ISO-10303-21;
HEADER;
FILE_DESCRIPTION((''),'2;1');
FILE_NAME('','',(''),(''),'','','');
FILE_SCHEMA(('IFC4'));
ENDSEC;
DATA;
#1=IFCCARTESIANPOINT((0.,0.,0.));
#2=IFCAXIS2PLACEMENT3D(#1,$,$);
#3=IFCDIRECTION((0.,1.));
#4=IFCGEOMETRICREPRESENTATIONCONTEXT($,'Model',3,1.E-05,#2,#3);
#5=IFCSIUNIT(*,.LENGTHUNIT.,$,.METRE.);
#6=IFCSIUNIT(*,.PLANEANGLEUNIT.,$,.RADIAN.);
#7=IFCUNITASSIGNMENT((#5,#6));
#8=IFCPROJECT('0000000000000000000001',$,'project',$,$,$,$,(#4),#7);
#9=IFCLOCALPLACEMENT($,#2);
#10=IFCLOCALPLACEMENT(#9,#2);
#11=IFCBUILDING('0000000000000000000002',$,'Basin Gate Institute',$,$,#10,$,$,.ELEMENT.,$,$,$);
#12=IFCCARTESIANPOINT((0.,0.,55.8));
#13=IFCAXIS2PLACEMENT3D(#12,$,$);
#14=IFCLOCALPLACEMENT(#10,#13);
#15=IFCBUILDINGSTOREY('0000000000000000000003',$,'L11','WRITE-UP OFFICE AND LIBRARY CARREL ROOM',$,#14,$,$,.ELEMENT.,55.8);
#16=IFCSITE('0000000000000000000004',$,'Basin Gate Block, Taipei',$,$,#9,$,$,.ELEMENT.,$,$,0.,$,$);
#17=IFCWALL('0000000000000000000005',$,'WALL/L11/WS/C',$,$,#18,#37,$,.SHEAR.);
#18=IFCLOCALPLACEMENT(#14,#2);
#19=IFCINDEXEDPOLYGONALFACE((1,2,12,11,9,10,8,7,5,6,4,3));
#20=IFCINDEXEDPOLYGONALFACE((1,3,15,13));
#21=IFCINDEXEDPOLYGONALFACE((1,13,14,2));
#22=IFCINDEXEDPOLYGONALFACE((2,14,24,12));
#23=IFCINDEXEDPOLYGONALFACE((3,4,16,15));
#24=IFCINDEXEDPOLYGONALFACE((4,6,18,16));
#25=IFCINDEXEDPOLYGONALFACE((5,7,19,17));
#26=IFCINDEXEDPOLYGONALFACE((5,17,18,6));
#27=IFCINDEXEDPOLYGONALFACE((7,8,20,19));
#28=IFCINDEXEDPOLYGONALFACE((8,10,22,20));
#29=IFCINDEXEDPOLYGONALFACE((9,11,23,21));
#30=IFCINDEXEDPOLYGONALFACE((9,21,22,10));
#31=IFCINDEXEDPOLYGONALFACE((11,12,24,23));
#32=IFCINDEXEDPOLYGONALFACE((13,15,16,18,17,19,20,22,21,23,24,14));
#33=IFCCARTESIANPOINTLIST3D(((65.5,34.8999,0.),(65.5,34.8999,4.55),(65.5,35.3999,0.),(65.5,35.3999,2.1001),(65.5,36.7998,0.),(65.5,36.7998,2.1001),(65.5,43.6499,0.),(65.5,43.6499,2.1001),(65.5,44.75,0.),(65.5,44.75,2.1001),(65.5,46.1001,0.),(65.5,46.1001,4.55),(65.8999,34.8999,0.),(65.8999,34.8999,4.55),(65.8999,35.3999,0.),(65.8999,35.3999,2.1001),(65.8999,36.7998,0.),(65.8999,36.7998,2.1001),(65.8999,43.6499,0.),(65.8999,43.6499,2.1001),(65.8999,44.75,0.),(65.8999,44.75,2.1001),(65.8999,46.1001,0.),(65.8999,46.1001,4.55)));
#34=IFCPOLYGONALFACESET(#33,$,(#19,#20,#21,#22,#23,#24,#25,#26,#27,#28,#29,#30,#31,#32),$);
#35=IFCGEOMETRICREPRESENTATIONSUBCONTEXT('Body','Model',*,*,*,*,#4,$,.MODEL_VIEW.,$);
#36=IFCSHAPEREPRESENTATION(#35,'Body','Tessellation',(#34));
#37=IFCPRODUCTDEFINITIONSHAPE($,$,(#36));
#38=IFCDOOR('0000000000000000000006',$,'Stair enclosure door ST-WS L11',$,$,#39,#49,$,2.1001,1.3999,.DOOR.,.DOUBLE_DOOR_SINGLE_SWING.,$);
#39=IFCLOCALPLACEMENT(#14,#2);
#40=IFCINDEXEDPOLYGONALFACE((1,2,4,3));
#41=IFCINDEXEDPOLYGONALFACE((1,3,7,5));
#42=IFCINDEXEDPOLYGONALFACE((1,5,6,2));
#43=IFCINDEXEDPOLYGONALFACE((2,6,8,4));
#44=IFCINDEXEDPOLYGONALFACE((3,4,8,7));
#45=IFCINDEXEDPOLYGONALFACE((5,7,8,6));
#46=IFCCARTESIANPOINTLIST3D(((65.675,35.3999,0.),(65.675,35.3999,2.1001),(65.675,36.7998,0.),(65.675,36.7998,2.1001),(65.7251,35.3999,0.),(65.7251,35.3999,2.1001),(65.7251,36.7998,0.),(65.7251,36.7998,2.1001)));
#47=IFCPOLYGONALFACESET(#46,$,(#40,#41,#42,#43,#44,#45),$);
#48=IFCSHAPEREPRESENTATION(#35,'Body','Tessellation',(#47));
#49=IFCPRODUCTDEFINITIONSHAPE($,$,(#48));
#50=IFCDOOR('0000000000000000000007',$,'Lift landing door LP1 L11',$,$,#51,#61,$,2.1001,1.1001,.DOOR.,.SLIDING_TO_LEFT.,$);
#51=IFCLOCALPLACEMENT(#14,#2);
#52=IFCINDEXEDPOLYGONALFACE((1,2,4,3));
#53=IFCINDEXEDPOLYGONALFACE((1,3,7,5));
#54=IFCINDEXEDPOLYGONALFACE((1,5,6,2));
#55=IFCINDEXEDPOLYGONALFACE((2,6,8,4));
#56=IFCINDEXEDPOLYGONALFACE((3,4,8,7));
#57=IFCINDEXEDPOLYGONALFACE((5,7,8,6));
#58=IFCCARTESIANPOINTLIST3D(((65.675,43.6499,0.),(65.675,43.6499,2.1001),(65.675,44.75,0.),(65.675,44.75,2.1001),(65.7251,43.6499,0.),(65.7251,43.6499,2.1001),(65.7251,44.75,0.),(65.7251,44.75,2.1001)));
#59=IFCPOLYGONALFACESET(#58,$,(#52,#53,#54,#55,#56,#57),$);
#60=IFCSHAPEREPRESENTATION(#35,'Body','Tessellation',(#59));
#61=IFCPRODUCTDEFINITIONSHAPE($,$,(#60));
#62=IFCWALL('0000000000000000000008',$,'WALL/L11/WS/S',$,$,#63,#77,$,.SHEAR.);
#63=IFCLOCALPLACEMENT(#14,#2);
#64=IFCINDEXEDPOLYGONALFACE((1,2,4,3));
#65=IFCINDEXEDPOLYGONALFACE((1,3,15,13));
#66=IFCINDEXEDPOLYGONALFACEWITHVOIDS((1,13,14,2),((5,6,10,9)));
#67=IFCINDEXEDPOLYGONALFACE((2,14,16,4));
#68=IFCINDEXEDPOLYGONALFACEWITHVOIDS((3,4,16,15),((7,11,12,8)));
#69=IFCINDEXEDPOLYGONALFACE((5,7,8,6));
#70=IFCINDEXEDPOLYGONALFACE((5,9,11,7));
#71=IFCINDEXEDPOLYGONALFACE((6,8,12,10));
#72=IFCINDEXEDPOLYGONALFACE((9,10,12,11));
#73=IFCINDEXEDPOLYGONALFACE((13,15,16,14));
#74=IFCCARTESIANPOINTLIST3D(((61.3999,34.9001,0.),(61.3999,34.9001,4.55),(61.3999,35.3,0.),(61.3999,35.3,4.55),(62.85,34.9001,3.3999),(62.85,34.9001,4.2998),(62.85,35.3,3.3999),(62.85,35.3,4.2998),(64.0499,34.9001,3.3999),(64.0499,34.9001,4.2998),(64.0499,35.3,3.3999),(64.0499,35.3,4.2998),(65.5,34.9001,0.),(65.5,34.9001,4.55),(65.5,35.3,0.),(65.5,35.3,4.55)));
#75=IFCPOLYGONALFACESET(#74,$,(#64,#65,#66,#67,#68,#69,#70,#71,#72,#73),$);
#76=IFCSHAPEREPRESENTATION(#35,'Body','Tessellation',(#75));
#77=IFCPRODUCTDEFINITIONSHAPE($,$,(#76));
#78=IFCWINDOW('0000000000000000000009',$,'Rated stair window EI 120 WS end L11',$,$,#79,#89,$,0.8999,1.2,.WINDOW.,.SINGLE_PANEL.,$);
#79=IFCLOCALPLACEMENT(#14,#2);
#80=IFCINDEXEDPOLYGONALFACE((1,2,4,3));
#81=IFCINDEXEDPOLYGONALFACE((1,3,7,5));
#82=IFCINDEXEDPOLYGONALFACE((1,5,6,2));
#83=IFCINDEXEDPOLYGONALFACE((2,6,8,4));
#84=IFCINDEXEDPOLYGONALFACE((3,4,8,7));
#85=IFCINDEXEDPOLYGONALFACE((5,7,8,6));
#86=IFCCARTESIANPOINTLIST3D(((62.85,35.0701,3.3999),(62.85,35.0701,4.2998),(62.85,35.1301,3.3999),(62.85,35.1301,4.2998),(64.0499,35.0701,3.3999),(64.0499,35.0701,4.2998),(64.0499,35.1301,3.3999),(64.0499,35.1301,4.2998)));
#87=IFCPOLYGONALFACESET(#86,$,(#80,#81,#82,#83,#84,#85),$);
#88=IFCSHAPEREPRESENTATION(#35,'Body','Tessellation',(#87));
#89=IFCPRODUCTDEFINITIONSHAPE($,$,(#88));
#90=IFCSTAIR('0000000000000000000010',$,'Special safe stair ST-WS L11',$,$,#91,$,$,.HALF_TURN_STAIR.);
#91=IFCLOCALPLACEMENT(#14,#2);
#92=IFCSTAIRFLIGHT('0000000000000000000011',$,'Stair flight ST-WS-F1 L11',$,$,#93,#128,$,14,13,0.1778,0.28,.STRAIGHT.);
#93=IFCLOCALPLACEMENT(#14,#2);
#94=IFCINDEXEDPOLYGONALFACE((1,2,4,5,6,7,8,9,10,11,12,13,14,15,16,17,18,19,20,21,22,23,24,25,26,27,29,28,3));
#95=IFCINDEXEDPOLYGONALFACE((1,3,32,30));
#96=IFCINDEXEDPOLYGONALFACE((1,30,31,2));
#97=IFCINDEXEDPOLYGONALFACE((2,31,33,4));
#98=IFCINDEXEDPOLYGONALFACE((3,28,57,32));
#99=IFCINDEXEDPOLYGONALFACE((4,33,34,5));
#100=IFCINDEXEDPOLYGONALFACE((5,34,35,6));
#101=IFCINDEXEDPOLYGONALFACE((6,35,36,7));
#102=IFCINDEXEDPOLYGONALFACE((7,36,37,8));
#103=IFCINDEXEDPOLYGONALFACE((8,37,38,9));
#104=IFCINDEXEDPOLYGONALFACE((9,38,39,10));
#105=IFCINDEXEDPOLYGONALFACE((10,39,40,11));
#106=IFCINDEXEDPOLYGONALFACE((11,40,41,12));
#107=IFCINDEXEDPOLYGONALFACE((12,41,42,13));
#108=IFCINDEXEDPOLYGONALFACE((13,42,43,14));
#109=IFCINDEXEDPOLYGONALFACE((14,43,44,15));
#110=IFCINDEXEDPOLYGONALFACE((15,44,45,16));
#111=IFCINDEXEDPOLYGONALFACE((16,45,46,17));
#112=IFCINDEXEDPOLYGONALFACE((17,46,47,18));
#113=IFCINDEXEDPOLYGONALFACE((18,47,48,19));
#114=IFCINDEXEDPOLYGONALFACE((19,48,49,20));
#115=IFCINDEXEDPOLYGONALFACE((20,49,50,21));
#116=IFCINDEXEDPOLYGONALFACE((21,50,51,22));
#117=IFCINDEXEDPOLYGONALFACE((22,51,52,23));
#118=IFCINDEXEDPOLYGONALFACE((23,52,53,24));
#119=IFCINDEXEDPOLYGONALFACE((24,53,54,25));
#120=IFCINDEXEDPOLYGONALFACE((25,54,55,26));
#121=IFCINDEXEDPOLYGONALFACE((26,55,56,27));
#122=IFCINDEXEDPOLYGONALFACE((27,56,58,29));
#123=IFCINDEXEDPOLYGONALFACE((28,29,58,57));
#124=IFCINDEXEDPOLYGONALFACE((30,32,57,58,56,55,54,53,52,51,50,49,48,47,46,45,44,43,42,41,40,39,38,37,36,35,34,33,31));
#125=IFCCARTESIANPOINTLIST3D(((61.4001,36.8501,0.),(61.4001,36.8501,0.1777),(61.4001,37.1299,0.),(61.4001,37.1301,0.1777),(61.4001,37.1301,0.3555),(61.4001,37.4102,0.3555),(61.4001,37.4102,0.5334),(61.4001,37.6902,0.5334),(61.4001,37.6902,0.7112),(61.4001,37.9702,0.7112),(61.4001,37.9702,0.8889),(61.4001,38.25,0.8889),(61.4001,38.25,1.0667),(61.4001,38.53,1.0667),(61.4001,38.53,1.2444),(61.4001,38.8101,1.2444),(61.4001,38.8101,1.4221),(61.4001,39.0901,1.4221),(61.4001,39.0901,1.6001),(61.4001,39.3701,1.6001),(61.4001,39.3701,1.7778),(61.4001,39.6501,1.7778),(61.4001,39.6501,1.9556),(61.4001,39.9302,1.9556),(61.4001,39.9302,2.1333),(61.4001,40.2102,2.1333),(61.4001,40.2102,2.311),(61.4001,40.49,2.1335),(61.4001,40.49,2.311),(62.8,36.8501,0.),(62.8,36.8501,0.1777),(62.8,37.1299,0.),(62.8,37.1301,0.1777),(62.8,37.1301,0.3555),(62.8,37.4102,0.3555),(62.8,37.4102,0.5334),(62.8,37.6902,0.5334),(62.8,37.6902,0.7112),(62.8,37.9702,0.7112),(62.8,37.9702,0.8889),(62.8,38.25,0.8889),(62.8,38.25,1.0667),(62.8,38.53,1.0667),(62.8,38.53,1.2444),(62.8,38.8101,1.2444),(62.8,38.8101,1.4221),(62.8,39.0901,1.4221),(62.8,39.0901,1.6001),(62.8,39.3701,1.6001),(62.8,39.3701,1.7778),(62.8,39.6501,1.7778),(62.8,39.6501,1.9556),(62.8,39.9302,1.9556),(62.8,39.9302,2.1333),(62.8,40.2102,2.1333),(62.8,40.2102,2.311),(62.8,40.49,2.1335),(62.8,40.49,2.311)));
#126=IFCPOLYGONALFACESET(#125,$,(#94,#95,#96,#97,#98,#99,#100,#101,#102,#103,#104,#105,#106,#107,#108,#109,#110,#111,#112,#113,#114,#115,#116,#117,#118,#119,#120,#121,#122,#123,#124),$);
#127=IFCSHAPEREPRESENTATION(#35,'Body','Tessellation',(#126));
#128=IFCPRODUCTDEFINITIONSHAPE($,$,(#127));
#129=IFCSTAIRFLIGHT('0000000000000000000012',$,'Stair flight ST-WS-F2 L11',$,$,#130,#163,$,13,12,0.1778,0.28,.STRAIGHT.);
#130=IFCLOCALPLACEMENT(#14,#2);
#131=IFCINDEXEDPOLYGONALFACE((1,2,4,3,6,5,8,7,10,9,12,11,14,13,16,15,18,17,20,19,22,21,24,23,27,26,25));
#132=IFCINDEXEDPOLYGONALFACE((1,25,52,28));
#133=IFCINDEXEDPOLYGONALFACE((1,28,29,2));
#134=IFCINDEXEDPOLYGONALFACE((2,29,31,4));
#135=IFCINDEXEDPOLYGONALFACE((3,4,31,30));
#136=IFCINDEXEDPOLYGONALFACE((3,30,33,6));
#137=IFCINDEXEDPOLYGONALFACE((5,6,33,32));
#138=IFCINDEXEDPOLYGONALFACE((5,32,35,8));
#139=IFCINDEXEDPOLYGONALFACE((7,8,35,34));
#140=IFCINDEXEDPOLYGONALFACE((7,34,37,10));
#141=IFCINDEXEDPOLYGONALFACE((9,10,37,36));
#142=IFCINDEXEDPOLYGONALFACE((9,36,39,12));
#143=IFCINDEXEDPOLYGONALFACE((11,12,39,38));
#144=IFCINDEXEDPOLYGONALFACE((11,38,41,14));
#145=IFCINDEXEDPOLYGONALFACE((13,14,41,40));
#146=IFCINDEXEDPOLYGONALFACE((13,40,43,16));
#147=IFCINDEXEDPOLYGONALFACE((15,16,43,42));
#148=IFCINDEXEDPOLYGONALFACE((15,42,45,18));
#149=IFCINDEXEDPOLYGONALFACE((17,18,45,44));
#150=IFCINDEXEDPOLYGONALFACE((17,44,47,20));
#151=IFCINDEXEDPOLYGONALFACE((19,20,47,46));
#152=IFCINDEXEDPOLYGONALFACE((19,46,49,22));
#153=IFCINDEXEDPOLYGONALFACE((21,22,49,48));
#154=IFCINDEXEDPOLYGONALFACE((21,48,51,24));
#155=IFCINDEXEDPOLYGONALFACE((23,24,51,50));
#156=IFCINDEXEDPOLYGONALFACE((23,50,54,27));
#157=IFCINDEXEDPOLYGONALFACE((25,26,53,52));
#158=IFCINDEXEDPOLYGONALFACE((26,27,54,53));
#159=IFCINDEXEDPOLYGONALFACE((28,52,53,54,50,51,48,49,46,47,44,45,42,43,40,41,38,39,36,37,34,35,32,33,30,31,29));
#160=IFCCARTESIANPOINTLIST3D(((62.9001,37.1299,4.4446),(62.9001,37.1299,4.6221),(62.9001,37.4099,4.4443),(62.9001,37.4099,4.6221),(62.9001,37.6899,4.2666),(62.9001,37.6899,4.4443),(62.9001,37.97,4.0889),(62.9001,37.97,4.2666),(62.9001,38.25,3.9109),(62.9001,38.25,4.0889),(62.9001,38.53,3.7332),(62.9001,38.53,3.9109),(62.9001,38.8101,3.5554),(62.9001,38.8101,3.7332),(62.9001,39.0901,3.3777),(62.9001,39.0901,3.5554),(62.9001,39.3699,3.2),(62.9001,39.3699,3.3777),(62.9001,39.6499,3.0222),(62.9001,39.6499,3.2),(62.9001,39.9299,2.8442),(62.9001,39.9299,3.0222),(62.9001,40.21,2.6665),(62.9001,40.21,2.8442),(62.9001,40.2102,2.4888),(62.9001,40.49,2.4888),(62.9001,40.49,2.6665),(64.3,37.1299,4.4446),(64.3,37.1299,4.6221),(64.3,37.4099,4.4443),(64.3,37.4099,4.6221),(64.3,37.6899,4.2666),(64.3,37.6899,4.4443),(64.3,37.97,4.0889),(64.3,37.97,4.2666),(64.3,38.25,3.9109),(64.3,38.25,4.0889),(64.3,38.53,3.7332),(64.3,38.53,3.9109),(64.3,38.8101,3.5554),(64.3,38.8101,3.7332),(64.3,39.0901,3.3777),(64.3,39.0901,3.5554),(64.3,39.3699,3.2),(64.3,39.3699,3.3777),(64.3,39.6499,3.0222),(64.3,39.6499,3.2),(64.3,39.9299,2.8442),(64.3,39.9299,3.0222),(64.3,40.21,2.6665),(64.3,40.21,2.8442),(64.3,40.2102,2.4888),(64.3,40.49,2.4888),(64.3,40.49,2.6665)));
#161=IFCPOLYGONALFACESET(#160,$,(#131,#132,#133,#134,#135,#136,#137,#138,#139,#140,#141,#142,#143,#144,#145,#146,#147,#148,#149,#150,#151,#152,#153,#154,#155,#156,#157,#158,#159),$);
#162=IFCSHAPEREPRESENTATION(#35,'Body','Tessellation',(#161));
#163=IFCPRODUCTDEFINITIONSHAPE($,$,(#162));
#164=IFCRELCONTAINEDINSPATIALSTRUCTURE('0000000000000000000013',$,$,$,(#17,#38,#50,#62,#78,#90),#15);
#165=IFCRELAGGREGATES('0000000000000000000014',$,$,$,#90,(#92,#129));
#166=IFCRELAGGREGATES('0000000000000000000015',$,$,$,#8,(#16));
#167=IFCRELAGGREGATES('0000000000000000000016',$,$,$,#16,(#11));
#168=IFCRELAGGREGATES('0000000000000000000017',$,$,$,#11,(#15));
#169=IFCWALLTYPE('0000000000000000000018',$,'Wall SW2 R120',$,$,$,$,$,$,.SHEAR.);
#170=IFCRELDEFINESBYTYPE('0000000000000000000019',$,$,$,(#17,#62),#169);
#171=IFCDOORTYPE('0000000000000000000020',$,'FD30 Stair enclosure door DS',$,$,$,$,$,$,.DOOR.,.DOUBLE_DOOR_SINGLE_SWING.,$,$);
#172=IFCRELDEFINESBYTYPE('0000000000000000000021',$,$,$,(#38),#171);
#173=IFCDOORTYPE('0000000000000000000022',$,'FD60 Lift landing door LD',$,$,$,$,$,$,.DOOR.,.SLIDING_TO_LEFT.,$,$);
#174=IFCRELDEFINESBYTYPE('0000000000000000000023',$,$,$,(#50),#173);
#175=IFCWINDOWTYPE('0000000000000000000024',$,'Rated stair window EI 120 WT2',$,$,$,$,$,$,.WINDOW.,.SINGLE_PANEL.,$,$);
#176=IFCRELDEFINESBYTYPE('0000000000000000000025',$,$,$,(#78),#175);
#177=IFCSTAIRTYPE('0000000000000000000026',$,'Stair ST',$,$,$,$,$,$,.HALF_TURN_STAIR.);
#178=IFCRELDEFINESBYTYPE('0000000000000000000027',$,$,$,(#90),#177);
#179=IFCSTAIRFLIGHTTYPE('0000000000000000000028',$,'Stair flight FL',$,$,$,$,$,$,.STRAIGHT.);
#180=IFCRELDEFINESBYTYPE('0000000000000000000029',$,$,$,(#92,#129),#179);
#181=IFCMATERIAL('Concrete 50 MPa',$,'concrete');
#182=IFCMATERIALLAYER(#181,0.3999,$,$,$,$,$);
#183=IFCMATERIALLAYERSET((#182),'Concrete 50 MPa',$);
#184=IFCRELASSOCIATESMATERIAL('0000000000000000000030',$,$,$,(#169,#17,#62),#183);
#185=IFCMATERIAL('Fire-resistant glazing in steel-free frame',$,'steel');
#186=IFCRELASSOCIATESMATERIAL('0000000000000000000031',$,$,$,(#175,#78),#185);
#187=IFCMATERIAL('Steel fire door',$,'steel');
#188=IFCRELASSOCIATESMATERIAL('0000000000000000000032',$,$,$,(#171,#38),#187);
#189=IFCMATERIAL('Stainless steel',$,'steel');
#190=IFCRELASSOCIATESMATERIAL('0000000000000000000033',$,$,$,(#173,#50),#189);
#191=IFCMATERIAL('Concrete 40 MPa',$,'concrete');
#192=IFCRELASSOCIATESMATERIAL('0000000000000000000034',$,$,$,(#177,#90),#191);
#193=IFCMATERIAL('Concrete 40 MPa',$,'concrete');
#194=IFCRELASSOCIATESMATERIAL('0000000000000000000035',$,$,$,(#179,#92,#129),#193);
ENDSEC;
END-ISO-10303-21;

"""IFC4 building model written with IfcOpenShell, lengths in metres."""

from ifc_helpers import new_model, si_unit, direction, frame, frame_2d, origin, place, context, subcontext, project, spatial, polyline, rectangle, outline, extrude, material, layer, layer_set, type_object, element, fill, aggregate, save


model = new_model("IFC4")

# Units and contexts
model_context = context("Model", 3, precision=1e-05, world=origin(), true_north=direction((0.0, 1.0)))
body_context = subcontext(model_context, "Body", "Model", "MODEL_VIEW")
ifc_project = project(units=[si_unit("LENGTHUNIT", "METRE"), si_unit("PLANEANGLEUNIT", "RADIAN")], contexts=[model_context])

# Site, building, storey
site_placement = place(None, origin())
site = spatial("IfcSite", under=ifc_project, at=site_placement, Name="Basin Gate Block, Taipei", CompositionType="ELEMENT", RefElevation=0.0)
building_placement = place(site_placement, origin())
building = spatial("IfcBuilding", under=site, at=building_placement, Name="Basin Gate Institute", CompositionType="ELEMENT")
storey_placement = place(building_placement, frame((0.0, 0.0, 55.8)))
storey = spatial("IfcBuildingStorey", under=building, at=storey_placement, Name="L11", Description="WRITE-UP OFFICE AND LIBRARY CARREL ROOM", CompositionType="ELEMENT", Elevation=55.8)

# Shared definitions
ifc_material_1 = material(Name="Concrete 50 MPa", Category="concrete")
ifc_layer_1 = layer(ifc_material_1, 0.3999)
ifc_layer_set_1 = layer_set([ifc_layer_1], Name="Concrete 50 MPa")
wall_type_1 = type_object("IfcWallType", Name="Wall SW2 R120", PredefinedType="SHEAR", material=ifc_layer_set_1)
ifc_material_2 = material(Name="Fire-resistant glazing in steel-free frame", Category="steel")
window_type_1 = type_object("IfcWindowType", Name="Rated stair window EI 120 WT2", PartitioningType="SINGLE_PANEL", PredefinedType="WINDOW", material=ifc_material_2)

# Wall, openings, doors
wall_1_placement = place(storey_placement, frame((65.7, 34.8999, 0.0), z_axis=(0.0, 0.0, 1.0), x_axis=(0.0, 1.0, 0.0)))
wall_1 = element("IfcWall", 1, at=wall_1_placement, inside=storey, type_object=wall_type_1, material=ifc_layer_set_1, Name="WALL/L11/WS/C", PredefinedType="SHEAR", context=body_context, shape_type="SweptSolid", body=[
    extrude(rectangle(XDim=11.2002, YDim=0.3999, at=frame_2d((5.6001, 0.0))), origin(), (0.0, 0.0, 1.0), 4.55),
])
opening_1_placement = place(wall_1_placement, frame((0.5, 0.0, 0.0)))
opening_1 = element("IfcOpeningElement", 2, at=opening_1_placement, cuts=wall_1, PredefinedType="OPENING", context=body_context, shape_type="SweptSolid", body=[
    extrude(rectangle(XDim=1.3999, YDim=2.1001, at=frame_2d((0.7, 1.05))), frame((0.0, 0.21, 0.0), z_axis=(0.0, -1.0, 0.0), x_axis=(1.0, 0.0, 0.0)), (0.0, 0.0, 1.0), 0.4199),
])
opening_2_placement = place(wall_1_placement, frame((8.75, 0.0, 0.0)))
opening_2 = element("IfcOpeningElement", 3, at=opening_2_placement, cuts=wall_1, PredefinedType="OPENING", context=body_context, shape_type="SweptSolid", body=[
    extrude(rectangle(XDim=1.1001, YDim=2.1001, at=frame_2d((0.55, 1.05))), frame((0.0, 0.21, 0.0), z_axis=(0.0, -1.0, 0.0), x_axis=(1.0, 0.0, 0.0)), (0.0, 0.0, 1.0), 0.4199),
])
ifc_material_3 = material(Name="Steel fire door", Category="steel")
door_type_1 = type_object("IfcDoorType", Name="FD30 Stair enclosure door DS", OperationType="DOUBLE_DOOR_SINGLE_SWING", PredefinedType="DOOR", material=ifc_material_3)
door_1_placement = place(opening_1_placement, origin())
door_1 = element("IfcDoor", 4, at=door_1_placement, inside=storey, type_object=door_type_1, material=ifc_material_3, Name="Stair enclosure door ST-WS L11", OperationType="DOUBLE_DOOR_SINGLE_SWING", OverallHeight=2.1001, OverallWidth=1.3999, PredefinedType="DOOR", context=body_context, shape_type="SweptSolid", body=[
    extrude(rectangle(XDim=1.3999, YDim=2.1001, at=frame_2d((0.7, 1.05))), frame((0.0, 0.0249, 0.0), z_axis=(0.0, -1.0, 0.0), x_axis=(1.0, 0.0, 0.0)), (0.0, 0.0, 1.0), 0.05),
])
fill(opening_1, door_1)
ifc_material_4 = material(Name="Stainless steel", Category="steel")
door_type_2 = type_object("IfcDoorType", Name="FD60 Lift landing door LD", OperationType="SLIDING_TO_LEFT", PredefinedType="DOOR", material=ifc_material_4)
door_2_placement = place(opening_2_placement, origin())
door_2 = element("IfcDoor", 5, at=door_2_placement, inside=storey, type_object=door_type_2, material=ifc_material_4, Name="Lift landing door LP1 L11", OperationType="SLIDING_TO_LEFT", OverallHeight=2.1001, OverallWidth=1.1001, PredefinedType="DOOR", context=body_context, shape_type="SweptSolid", body=[
    extrude(rectangle(XDim=1.1001, YDim=2.1001, at=frame_2d((0.55, 1.05))), frame((0.0, 0.0249, 0.0), z_axis=(0.0, -1.0, 0.0), x_axis=(1.0, 0.0, 0.0)), (0.0, 0.0, 1.0), 0.05),
])
fill(opening_2, door_2)

# Wall, opening, window
wall_2_placement = place(storey_placement, frame((61.3999, 35.1001, 0.0), z_axis=(0.0, 0.0, 1.0), x_axis=(1.0, 0.0, 0.0)))
wall_2 = element("IfcWall", 6, at=wall_2_placement, inside=storey, type_object=wall_type_1, material=ifc_layer_set_1, Name="WALL/L11/WS/S", PredefinedType="SHEAR", context=body_context, shape_type="SweptSolid", body=[
    extrude(rectangle(XDim=4.1001, YDim=0.3999, at=frame_2d((2.05, 0.0))), origin(), (0.0, 0.0, 1.0), 4.55),
])
opening_3_placement = place(wall_2_placement, frame((1.45, 0.0, 3.3999)))
opening_3 = element("IfcOpeningElement", 7, at=opening_3_placement, cuts=wall_2, PredefinedType="OPENING", context=body_context, shape_type="SweptSolid", body=[
    extrude(rectangle(XDim=1.2, YDim=0.8999, at=frame_2d((0.6001, 0.45))), frame((0.0, 0.21, 0.0), z_axis=(0.0, -1.0, 0.0), x_axis=(1.0, 0.0, 0.0)), (0.0, 0.0, 1.0), 0.4199),
])
window_1_placement = place(opening_3_placement, origin())
window_1 = element("IfcWindow", 8, at=window_1_placement, inside=storey, type_object=window_type_1, material=ifc_material_2, Name="Rated stair window EI 120 WS end L11", OverallHeight=0.8999, OverallWidth=1.2, PartitioningType="SINGLE_PANEL", PredefinedType="WINDOW", context=body_context, shape_type="SweptSolid", body=[
    extrude(rectangle(XDim=1.2, YDim=0.8999, at=frame_2d((0.6001, 0.45))), frame((0.0, 0.03, 0.0), z_axis=(0.0, -1.0, 0.0), x_axis=(1.0, 0.0, 0.0)), (0.0, 0.0, 1.0), 0.0601),
])
fill(opening_3, window_1)

# Stair, stair flights
ifc_material_5 = material(Name="Concrete 40 MPa", Category="concrete")
stair_type = type_object("IfcStairType", Name="Stair ST", PredefinedType="HALF_TURN_STAIR", material=ifc_material_5)
stair_placement = place(storey_placement, origin())
stair = element("IfcStair", 9, at=stair_placement, inside=storey, type_object=stair_type, material=ifc_material_5, Name="Special safe stair ST-WS L11", PredefinedType="HALF_TURN_STAIR")
ifc_material_6 = material(Name="Concrete 40 MPa", Category="concrete")
stair_flight_type = type_object("IfcStairFlightType", Name="Stair flight FL", PredefinedType="STRAIGHT", material=ifc_material_6)
stair_flight_1_placement = place(storey_placement, frame((62.1001, 36.8501, 0.0), z_axis=(0.0, 0.0, 1.0), x_axis=(0.0, 1.0, 0.0)))
stair_flight_1 = element("IfcStairFlight", 10, at=stair_flight_1_placement, type_object=stair_flight_type, material=ifc_material_6, Name="Stair flight ST-WS-F1 L11", NumberOfRisers=14, NumberOfTreads=13, PredefinedType="STRAIGHT", RiserHeight=0.1778, TreadLength=0.28, context=body_context, shape_type="SweptSolid", body=[
    extrude(outline(polyline([(0.0, 0.0), (0.0, 0.1777), (0.28, 0.1777), (0.28, 0.3555), (0.5601, 0.3555), (0.5601, 0.5334), (0.8401, 0.5334), (0.8401, 0.7112), (1.1201, 0.7112), (1.1201, 0.8889), (1.3999, 0.8889), (1.3999, 1.0667), (1.6799, 1.0667), (1.6799, 1.2444), (1.96, 1.2444), (1.96, 1.4221), (2.24, 1.4221), (2.24, 1.6001), (2.52, 1.6001), (2.52, 1.7778), (2.8, 1.7778), (2.8, 1.9556), (3.0801, 1.9556), (3.0801, 2.1333), (3.3601, 2.1333), (3.3601, 2.311), (3.6399, 2.311), (3.6399, 2.4888), (3.6399, 2.1335), (0.2798, 0.0), (0.0, 0.0)])), frame((0.0, 0.7, 0.0), z_axis=(0.0, -1.0, 0.0), x_axis=(1.0, 0.0, 0.0)), (0.0, 0.0, 1.0), 1.3999),
])
stair_flight_2_placement = place(storey_placement, frame((63.6001, 40.49, 2.4888), z_axis=(0.0, 0.0, 1.0), x_axis=(0.0, -1.0, 0.0)))
stair_flight_2 = element("IfcStairFlight", 11, at=stair_flight_2_placement, type_object=stair_flight_type, material=ifc_material_6, Name="Stair flight ST-WS-F2 L11", NumberOfRisers=13, NumberOfTreads=12, PredefinedType="STRAIGHT", RiserHeight=0.1778, TreadLength=0.28, context=body_context, shape_type="SweptSolid", body=[
    extrude(outline(polyline([(0.0, 0.0), (0.0, 0.1777), (0.28, 0.1777), (0.28, 0.3555), (0.5601, 0.3555), (0.5601, 0.5334), (0.8401, 0.5334), (0.8401, 0.7112), (1.1201, 0.7112), (1.1201, 0.8889), (1.3999, 0.8889), (1.3999, 1.0667), (1.6799, 1.0667), (1.6799, 1.2444), (1.96, 1.2444), (1.96, 1.4221), (2.24, 1.4221), (2.24, 1.6001), (2.52, 1.6001), (2.52, 1.7778), (2.8, 1.7778), (2.8, 1.9556), (3.0801, 1.9556), (3.0801, 2.1333), (3.3601, 2.1333), (3.3601, 2.311), (3.3601, 1.9558), (0.2798, 0.0), (0.0, 0.0)])), frame((0.0, 0.7, 0.0), z_axis=(0.0, -1.0, 0.0), x_axis=(1.0, 0.0, 0.0)), (0.0, 0.0, 1.0), 1.3999),
])
aggregate(stair, [stair_flight_1, stair_flight_2])

save(model, "model.ifc")
